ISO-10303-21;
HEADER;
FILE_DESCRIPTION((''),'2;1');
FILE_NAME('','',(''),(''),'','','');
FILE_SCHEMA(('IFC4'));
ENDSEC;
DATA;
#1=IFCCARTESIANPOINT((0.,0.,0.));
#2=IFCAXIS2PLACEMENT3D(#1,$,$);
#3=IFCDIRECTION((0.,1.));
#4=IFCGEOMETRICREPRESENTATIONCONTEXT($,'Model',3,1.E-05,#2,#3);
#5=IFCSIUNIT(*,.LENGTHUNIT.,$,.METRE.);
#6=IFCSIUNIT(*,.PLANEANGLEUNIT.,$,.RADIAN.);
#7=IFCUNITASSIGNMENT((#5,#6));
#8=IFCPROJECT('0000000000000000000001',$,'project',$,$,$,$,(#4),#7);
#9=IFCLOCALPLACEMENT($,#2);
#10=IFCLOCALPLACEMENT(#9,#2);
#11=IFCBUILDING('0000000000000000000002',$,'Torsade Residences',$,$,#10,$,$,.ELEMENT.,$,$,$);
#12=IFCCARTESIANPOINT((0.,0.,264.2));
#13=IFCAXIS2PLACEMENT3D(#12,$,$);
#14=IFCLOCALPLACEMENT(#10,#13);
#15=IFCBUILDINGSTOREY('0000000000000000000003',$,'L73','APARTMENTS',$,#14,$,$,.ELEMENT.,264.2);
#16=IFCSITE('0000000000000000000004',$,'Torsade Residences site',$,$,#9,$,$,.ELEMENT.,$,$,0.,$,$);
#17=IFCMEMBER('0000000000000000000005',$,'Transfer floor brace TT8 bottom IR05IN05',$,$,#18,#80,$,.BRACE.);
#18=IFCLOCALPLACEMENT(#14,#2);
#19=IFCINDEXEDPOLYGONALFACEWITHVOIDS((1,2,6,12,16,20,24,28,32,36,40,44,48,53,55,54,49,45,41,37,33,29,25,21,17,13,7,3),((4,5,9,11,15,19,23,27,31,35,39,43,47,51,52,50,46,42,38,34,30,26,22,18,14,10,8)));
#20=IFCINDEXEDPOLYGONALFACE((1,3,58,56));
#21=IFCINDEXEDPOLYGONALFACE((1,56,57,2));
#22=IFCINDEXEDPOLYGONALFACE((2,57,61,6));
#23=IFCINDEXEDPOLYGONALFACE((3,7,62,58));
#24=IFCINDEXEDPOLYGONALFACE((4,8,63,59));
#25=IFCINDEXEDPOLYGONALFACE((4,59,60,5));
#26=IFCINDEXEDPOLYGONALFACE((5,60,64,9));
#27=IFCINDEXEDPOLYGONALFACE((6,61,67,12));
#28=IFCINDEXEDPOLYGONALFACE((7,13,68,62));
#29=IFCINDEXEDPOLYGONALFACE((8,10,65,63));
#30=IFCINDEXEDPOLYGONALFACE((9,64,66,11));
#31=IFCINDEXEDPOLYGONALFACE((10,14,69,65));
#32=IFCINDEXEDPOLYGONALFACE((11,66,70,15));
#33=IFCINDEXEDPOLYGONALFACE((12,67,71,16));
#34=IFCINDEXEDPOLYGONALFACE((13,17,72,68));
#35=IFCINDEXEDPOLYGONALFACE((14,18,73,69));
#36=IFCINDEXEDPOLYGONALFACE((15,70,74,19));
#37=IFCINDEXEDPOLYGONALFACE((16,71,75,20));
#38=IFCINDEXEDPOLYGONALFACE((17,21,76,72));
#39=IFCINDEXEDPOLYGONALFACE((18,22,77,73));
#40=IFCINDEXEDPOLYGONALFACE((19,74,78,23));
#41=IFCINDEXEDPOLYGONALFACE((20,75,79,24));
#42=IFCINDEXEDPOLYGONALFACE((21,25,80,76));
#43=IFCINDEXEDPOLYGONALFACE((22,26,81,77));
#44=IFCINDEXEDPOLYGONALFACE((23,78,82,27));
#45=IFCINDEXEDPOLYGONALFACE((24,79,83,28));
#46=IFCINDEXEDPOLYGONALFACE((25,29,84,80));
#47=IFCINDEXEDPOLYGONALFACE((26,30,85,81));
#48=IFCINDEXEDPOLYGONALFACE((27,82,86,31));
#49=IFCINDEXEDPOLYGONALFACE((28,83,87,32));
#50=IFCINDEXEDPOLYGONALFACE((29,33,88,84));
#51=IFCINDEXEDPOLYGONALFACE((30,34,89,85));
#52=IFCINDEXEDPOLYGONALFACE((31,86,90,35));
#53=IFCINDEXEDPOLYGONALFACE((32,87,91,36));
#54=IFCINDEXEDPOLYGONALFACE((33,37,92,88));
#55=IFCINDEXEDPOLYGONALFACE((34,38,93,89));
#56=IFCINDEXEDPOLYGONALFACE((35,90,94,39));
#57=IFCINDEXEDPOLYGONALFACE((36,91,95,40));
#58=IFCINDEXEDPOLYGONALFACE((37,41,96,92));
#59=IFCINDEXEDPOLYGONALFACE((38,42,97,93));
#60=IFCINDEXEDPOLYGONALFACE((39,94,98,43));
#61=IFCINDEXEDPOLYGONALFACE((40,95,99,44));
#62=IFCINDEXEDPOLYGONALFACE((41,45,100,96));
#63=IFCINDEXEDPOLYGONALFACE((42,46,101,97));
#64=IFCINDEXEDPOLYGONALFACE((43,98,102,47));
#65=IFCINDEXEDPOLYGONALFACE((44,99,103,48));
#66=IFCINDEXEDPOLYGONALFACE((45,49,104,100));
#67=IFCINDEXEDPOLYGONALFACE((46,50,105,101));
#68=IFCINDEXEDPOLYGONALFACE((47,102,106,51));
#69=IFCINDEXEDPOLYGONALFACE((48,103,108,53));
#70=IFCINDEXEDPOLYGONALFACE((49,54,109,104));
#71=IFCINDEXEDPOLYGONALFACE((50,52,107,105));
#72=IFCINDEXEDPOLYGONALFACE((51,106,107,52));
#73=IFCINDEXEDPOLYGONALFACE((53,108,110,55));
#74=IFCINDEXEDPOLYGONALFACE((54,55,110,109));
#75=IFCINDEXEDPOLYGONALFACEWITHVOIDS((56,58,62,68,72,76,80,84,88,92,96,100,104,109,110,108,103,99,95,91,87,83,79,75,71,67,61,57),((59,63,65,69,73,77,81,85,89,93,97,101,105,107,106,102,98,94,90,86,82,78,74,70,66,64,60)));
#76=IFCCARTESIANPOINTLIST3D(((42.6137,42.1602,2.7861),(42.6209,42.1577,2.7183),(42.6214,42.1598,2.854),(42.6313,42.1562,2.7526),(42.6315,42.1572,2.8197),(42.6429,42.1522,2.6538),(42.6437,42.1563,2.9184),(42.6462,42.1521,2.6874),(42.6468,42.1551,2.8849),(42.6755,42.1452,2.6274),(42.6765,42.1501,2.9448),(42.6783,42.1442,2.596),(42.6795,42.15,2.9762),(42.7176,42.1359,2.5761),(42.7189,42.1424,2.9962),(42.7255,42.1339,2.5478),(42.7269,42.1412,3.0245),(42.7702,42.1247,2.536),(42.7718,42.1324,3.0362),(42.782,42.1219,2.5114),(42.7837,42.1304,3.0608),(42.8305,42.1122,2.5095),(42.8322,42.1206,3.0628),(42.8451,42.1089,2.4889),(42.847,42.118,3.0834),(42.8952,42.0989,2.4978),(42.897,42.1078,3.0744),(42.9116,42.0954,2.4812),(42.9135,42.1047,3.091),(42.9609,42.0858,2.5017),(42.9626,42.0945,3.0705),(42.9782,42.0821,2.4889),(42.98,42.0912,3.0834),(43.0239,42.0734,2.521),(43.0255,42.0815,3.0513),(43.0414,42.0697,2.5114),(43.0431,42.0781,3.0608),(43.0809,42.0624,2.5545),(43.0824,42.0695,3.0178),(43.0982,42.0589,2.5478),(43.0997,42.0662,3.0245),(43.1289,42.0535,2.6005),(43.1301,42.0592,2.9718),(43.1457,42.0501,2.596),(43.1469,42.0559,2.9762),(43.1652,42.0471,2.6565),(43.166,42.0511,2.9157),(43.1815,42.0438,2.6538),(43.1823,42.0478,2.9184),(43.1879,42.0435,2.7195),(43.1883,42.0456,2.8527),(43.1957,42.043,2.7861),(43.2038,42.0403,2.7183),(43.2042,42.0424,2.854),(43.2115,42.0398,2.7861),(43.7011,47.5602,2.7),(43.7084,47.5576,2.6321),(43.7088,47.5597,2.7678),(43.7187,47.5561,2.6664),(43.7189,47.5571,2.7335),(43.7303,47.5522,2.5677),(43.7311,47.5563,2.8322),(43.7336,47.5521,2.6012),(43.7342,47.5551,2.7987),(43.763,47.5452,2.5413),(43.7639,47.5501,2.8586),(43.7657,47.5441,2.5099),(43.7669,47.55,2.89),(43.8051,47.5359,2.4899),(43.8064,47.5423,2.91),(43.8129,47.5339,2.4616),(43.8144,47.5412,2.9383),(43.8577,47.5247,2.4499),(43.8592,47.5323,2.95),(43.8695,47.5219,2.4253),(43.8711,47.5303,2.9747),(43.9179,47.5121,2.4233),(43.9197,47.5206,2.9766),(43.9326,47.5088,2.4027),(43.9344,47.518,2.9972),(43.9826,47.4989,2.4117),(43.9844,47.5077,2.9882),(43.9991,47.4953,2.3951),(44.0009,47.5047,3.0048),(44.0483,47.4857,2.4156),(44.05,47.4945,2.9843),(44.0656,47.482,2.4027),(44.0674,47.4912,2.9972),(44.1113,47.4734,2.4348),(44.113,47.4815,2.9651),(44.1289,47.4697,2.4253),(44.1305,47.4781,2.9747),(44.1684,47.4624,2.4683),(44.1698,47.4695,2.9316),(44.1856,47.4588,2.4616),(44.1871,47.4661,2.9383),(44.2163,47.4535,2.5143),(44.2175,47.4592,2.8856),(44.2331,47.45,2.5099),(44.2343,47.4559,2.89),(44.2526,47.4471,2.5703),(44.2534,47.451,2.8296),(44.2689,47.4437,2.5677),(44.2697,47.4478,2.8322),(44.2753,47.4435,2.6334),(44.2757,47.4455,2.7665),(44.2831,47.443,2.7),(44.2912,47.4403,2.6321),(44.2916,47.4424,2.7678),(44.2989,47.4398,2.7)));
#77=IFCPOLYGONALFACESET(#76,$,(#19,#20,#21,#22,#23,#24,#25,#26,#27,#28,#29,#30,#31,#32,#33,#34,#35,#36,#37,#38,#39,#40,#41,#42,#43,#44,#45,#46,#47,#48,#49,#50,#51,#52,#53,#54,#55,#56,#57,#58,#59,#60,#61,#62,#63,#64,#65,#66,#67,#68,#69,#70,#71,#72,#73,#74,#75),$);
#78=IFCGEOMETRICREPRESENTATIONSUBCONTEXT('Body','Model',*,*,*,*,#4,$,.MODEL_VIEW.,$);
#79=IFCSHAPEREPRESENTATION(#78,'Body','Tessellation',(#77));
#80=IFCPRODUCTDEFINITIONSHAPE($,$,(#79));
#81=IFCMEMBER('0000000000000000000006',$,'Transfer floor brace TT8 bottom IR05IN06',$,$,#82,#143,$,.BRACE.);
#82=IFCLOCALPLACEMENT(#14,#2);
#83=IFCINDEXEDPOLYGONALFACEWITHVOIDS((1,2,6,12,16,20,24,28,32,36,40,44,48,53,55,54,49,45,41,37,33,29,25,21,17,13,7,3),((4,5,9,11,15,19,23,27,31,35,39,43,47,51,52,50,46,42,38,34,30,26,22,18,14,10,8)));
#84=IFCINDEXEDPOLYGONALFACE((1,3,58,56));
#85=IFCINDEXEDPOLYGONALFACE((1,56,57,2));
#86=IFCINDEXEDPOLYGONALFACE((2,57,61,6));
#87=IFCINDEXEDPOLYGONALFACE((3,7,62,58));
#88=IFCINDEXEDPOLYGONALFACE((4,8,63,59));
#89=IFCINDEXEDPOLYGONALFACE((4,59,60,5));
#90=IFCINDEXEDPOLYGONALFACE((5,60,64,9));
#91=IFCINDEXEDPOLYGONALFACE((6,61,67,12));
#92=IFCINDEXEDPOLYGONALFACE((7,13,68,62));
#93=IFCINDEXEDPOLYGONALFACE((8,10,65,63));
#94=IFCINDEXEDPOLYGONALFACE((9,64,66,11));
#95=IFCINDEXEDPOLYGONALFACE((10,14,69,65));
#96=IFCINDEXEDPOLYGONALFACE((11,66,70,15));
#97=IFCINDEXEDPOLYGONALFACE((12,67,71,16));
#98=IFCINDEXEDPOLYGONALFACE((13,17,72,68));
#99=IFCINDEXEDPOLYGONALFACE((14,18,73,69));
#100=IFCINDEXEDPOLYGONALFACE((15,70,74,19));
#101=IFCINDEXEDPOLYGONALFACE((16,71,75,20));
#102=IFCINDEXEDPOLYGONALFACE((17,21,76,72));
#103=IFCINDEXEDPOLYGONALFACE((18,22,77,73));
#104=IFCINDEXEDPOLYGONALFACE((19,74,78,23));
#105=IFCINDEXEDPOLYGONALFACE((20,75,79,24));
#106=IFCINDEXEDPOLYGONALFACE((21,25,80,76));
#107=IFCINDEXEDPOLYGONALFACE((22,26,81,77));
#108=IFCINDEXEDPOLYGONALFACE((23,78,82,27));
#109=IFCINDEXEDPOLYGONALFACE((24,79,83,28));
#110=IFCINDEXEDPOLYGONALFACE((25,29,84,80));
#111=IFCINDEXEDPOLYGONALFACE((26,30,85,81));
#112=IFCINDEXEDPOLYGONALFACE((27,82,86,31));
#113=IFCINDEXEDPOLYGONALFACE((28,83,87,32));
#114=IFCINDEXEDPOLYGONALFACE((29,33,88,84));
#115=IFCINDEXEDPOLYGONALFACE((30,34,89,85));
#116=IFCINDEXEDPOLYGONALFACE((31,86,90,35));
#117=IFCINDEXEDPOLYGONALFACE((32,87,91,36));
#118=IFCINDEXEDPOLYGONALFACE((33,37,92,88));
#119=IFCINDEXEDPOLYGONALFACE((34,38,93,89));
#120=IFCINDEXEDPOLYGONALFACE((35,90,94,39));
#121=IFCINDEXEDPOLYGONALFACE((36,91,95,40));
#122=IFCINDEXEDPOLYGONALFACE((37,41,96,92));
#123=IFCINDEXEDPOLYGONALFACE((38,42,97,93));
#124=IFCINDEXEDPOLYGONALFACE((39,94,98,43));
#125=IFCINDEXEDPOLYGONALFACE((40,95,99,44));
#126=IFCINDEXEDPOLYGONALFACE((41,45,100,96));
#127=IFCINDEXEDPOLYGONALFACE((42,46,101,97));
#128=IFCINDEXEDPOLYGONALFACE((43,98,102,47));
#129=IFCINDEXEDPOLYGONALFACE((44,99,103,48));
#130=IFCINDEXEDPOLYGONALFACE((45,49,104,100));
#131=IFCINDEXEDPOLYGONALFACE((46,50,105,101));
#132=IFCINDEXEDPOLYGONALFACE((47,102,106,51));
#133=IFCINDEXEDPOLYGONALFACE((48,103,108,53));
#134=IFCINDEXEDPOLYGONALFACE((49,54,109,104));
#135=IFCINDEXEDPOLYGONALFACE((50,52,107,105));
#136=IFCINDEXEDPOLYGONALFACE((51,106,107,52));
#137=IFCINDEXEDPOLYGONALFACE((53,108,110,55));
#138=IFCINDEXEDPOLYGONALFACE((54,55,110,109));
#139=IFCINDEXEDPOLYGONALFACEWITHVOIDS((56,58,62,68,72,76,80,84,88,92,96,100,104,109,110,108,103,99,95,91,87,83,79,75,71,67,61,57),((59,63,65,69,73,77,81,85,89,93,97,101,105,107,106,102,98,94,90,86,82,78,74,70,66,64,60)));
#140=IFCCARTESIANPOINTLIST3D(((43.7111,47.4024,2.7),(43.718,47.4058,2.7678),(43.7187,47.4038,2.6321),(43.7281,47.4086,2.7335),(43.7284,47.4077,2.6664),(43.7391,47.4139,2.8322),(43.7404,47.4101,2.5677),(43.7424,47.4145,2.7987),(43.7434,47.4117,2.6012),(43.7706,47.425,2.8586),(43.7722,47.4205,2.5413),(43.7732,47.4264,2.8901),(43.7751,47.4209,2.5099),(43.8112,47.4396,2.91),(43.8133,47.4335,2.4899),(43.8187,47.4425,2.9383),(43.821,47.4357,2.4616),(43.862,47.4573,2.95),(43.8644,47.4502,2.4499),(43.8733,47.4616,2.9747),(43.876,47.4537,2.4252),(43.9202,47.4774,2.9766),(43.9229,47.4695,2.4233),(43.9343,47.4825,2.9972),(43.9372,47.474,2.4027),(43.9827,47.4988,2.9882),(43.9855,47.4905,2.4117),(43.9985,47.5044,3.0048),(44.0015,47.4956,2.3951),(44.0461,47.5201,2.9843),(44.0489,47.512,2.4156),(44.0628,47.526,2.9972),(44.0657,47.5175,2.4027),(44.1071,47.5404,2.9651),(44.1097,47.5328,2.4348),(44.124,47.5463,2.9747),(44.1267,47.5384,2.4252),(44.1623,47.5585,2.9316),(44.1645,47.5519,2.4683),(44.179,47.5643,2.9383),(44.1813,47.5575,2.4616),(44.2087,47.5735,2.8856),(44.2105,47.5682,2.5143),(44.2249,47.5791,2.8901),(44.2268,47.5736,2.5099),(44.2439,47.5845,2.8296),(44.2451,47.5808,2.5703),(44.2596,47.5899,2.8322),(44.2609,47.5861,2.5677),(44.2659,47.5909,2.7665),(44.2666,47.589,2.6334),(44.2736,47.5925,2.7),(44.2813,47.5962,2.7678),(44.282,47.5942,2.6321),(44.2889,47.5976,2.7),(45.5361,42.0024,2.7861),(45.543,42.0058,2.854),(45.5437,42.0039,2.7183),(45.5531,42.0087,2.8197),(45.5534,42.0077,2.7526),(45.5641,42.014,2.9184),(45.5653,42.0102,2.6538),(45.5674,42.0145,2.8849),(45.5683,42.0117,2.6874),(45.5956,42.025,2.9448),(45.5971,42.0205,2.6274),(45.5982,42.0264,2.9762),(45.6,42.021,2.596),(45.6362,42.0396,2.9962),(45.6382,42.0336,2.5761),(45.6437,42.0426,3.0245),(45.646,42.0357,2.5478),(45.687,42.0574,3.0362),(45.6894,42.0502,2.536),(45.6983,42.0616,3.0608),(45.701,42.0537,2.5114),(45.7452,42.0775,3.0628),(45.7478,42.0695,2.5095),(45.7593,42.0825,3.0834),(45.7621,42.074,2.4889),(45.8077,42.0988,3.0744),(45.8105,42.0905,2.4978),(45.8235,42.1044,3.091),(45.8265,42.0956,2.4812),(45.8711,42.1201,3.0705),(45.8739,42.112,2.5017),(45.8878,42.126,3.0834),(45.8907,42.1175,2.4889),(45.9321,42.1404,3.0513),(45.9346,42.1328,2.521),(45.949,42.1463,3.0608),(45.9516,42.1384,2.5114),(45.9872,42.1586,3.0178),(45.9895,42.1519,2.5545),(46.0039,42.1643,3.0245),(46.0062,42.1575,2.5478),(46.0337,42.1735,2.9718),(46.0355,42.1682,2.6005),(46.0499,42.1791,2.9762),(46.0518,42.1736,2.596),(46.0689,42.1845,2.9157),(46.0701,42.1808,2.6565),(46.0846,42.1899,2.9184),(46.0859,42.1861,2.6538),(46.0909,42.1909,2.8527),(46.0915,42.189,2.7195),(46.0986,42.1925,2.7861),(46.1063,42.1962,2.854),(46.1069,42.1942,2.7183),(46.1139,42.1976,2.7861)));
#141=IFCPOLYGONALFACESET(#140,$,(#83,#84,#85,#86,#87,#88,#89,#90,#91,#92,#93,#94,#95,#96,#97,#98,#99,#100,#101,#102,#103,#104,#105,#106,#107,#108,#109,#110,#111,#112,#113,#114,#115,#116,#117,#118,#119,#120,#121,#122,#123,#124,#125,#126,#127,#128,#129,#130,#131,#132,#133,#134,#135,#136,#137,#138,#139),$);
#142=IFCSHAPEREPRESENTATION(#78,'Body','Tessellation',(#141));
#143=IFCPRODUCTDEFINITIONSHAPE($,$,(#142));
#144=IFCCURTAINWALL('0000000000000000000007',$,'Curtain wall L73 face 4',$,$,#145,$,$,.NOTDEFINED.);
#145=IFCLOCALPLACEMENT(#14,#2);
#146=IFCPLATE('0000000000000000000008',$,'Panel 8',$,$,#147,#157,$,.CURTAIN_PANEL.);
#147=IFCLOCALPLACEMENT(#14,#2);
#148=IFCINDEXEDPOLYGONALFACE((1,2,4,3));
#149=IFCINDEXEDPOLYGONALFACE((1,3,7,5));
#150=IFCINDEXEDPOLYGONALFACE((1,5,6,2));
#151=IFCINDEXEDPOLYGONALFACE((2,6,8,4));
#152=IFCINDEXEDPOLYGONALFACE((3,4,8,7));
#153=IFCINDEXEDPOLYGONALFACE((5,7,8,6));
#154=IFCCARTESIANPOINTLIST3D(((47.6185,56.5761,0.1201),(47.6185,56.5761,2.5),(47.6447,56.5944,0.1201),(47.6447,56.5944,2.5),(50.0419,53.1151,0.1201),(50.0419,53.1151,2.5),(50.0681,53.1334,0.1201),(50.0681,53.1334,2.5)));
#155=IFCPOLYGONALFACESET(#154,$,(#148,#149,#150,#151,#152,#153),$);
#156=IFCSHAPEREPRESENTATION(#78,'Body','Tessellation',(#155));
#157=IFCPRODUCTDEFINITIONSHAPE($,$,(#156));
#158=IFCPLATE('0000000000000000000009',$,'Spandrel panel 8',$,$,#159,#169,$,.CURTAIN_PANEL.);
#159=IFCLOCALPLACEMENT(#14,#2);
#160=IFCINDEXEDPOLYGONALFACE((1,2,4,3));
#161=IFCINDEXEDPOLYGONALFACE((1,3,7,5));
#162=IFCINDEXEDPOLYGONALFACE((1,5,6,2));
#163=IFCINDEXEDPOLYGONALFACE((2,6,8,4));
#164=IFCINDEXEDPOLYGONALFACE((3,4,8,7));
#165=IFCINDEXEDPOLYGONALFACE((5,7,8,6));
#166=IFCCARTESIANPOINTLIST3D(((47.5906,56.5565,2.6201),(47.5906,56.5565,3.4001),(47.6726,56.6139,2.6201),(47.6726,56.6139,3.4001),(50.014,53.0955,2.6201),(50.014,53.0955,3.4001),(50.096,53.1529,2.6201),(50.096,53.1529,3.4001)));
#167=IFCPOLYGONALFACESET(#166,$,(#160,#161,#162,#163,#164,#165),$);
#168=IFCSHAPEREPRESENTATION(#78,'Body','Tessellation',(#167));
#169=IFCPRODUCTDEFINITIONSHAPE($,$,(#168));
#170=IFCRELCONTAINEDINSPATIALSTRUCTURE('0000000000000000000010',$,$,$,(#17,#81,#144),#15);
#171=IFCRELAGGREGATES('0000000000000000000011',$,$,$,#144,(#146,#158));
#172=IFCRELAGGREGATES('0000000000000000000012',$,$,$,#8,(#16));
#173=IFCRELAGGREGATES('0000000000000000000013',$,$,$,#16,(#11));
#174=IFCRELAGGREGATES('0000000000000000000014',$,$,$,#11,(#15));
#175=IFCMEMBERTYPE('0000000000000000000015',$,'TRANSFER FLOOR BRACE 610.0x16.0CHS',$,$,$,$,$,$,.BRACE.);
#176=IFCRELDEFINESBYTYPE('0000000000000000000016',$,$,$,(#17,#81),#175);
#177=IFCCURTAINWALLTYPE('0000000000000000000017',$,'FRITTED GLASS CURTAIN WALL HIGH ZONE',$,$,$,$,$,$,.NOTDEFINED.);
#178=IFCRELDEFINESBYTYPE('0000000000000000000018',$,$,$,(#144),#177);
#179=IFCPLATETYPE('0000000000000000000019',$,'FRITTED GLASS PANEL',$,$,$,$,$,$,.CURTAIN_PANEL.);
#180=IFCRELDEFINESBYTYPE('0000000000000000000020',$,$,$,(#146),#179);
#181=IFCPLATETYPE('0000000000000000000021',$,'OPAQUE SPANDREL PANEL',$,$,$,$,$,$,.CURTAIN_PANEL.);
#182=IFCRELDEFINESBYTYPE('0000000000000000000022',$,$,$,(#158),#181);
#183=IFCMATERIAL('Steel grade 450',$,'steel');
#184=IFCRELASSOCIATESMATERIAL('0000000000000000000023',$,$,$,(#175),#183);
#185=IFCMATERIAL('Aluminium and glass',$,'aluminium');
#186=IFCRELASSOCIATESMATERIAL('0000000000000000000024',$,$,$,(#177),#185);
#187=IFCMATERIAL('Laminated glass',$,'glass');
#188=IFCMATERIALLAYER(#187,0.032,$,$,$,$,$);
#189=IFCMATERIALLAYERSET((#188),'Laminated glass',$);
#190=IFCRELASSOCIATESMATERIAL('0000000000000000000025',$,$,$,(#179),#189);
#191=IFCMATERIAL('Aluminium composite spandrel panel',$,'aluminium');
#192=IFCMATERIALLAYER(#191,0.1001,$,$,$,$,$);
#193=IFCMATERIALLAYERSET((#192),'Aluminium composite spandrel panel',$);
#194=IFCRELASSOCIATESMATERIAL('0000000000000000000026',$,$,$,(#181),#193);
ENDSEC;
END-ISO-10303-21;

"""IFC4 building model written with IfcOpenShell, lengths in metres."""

from ifc_helpers import new_model, si_unit, direction, frame, origin, origin_2d, place, context, subcontext, project, spatial, rectangle, hollow_circle, extrude, material, layer, layer_set, material_profile, profile_set, type_object, element, aggregate, save


model = new_model("IFC4")

# Units and contexts
model_context = context("Model", 3, precision=1e-05, world=origin(), true_north=direction((0.0, 1.0)))
body_context = subcontext(model_context, "Body", "Model", "MODEL_VIEW")
ifc_project = project(units=[si_unit("LENGTHUNIT", "METRE"), si_unit("PLANEANGLEUNIT", "RADIAN")], contexts=[model_context])

# Site, building, storey
site_placement = place(None, origin())
site = spatial("IfcSite", under=ifc_project, at=site_placement, Name="Torsade Residences site", CompositionType="ELEMENT", RefElevation=0.0)
building_placement = place(site_placement, origin())
building = spatial("IfcBuilding", under=site, at=building_placement, Name="Torsade Residences", CompositionType="ELEMENT")
storey_placement = place(building_placement, frame((0.0, 0.0, 264.2)))
storey = spatial("IfcBuildingStorey", under=building, at=storey_placement, Name="L73", Description="APARTMENTS", CompositionType="ELEMENT", Elevation=264.2)

# Members
ifc_material_1 = material(Name="Steel grade 450", Category="steel")
ifc_material_profile_1 = material_profile(ifc_material_1, hollow_circle(Radius=0.3049, WallThickness=0.0161, at=origin_2d()), Name="610.0x16.0CHS")
ifc_profile_set_1 = profile_set([ifc_material_profile_1], Name="Steel grade 450")
member_type = type_object("IfcMemberType", Name="TRANSFER FLOOR BRACE 610.0x16.0CHS", PredefinedType="BRACE", material=ifc_profile_set_1)
member_1_placement = place(storey_placement, frame((44.0, 47.5, 2.7), z_axis=(-0.197387, -0.980201, 0.015644), x_axis=(0.980321, -0.197412, 0.0)))
element("IfcMember", 1, at=member_1_placement, inside=storey, type_object=member_type, Name="Transfer floor brace TT8 bottom IR05IN05", PredefinedType="BRACE", context=body_context, shape_type="SweptSolid", body=[
    extrude(hollow_circle(Radius=0.3049, WallThickness=0.0161, at=origin_2d()), origin(), (0.0, 0.0, 1.0), 5.509),
])
member_2_placement = place(storey_placement, frame((44.0, 47.5, 2.7), z_axis=(0.320133, -0.947252, 0.015118), x_axis=(0.94736, 0.32017, 0.0)))
element("IfcMember", 2, at=member_2_placement, inside=storey, type_object=member_type, Name="Transfer floor brace TT8 bottom IR05IN06", PredefinedType="BRACE", context=body_context, shape_type="SweptSolid", body=[
    extrude(hollow_circle(Radius=0.3049, WallThickness=0.0161, at=origin_2d()), origin(), (0.0, 0.0, 1.0), 5.7007),
])

# Curtain wall, plates
ifc_material_2 = material(Name="Aluminium and glass", Category="aluminium")
curtain_wall_type = type_object("IfcCurtainWallType", Name="FRITTED GLASS CURTAIN WALL HIGH ZONE", PredefinedType="NOTDEFINED", material=ifc_material_2)
curtain_wall_placement = place(storey_placement, origin())
curtain_wall = element("IfcCurtainWall", 3, at=curtain_wall_placement, inside=storey, type_object=curtain_wall_type, Name="Curtain wall L73 face 4", PredefinedType="NOTDEFINED")
ifc_material_3 = material(Name="Laminated glass", Category="glass")
ifc_layer_1 = layer(ifc_material_3, 0.032)
ifc_layer_set_1 = layer_set([ifc_layer_1], Name="Laminated glass")
plate_type_1 = type_object("IfcPlateType", Name="FRITTED GLASS PANEL", PredefinedType="CURTAIN_PANEL", material=ifc_layer_set_1)
plate_1_placement = place(storey_placement, frame((48.8433, 54.8547, 0.1201), z_axis=(0.0, 0.0, 1.0), x_axis=(-0.573576, 0.819152, 0.0)))
plate_1 = element("IfcPlate", 4, at=plate_1_placement, type_object=plate_type_1, Name="Panel 8", PredefinedType="CURTAIN_PANEL", context=body_context, shape_type="SweptSolid", body=[
    extrude(rectangle(XDim=4.2251, YDim=0.032, at=origin_2d()), origin(), (0.0, 0.0, 1.0), 2.3799),
])
ifc_material_4 = material(Name="Aluminium composite spandrel panel", Category="aluminium")
ifc_layer_2 = layer(ifc_material_4, 0.1001)
ifc_layer_set_2 = layer_set([ifc_layer_2], Name="Aluminium composite spandrel panel")
plate_type_2 = type_object("IfcPlateType", Name="OPAQUE SPANDREL PANEL", PredefinedType="CURTAIN_PANEL", material=ifc_layer_set_2)
plate_2_placement = place(storey_placement, frame((48.8433, 54.8547, 2.6201), z_axis=(0.0, 0.0, 1.0), x_axis=(-0.573576, 0.819152, 0.0)))
plate_2 = element("IfcPlate", 5, at=plate_2_placement, type_object=plate_type_2, Name="Spandrel panel 8", PredefinedType="CURTAIN_PANEL", context=body_context, shape_type="SweptSolid", body=[
    extrude(rectangle(XDim=4.2251, YDim=0.1001, at=origin_2d()), origin(), (0.0, 0.0, 1.0), 0.78),
])
aggregate(curtain_wall, [plate_1, plate_2])

save(model, "model.ifc")
